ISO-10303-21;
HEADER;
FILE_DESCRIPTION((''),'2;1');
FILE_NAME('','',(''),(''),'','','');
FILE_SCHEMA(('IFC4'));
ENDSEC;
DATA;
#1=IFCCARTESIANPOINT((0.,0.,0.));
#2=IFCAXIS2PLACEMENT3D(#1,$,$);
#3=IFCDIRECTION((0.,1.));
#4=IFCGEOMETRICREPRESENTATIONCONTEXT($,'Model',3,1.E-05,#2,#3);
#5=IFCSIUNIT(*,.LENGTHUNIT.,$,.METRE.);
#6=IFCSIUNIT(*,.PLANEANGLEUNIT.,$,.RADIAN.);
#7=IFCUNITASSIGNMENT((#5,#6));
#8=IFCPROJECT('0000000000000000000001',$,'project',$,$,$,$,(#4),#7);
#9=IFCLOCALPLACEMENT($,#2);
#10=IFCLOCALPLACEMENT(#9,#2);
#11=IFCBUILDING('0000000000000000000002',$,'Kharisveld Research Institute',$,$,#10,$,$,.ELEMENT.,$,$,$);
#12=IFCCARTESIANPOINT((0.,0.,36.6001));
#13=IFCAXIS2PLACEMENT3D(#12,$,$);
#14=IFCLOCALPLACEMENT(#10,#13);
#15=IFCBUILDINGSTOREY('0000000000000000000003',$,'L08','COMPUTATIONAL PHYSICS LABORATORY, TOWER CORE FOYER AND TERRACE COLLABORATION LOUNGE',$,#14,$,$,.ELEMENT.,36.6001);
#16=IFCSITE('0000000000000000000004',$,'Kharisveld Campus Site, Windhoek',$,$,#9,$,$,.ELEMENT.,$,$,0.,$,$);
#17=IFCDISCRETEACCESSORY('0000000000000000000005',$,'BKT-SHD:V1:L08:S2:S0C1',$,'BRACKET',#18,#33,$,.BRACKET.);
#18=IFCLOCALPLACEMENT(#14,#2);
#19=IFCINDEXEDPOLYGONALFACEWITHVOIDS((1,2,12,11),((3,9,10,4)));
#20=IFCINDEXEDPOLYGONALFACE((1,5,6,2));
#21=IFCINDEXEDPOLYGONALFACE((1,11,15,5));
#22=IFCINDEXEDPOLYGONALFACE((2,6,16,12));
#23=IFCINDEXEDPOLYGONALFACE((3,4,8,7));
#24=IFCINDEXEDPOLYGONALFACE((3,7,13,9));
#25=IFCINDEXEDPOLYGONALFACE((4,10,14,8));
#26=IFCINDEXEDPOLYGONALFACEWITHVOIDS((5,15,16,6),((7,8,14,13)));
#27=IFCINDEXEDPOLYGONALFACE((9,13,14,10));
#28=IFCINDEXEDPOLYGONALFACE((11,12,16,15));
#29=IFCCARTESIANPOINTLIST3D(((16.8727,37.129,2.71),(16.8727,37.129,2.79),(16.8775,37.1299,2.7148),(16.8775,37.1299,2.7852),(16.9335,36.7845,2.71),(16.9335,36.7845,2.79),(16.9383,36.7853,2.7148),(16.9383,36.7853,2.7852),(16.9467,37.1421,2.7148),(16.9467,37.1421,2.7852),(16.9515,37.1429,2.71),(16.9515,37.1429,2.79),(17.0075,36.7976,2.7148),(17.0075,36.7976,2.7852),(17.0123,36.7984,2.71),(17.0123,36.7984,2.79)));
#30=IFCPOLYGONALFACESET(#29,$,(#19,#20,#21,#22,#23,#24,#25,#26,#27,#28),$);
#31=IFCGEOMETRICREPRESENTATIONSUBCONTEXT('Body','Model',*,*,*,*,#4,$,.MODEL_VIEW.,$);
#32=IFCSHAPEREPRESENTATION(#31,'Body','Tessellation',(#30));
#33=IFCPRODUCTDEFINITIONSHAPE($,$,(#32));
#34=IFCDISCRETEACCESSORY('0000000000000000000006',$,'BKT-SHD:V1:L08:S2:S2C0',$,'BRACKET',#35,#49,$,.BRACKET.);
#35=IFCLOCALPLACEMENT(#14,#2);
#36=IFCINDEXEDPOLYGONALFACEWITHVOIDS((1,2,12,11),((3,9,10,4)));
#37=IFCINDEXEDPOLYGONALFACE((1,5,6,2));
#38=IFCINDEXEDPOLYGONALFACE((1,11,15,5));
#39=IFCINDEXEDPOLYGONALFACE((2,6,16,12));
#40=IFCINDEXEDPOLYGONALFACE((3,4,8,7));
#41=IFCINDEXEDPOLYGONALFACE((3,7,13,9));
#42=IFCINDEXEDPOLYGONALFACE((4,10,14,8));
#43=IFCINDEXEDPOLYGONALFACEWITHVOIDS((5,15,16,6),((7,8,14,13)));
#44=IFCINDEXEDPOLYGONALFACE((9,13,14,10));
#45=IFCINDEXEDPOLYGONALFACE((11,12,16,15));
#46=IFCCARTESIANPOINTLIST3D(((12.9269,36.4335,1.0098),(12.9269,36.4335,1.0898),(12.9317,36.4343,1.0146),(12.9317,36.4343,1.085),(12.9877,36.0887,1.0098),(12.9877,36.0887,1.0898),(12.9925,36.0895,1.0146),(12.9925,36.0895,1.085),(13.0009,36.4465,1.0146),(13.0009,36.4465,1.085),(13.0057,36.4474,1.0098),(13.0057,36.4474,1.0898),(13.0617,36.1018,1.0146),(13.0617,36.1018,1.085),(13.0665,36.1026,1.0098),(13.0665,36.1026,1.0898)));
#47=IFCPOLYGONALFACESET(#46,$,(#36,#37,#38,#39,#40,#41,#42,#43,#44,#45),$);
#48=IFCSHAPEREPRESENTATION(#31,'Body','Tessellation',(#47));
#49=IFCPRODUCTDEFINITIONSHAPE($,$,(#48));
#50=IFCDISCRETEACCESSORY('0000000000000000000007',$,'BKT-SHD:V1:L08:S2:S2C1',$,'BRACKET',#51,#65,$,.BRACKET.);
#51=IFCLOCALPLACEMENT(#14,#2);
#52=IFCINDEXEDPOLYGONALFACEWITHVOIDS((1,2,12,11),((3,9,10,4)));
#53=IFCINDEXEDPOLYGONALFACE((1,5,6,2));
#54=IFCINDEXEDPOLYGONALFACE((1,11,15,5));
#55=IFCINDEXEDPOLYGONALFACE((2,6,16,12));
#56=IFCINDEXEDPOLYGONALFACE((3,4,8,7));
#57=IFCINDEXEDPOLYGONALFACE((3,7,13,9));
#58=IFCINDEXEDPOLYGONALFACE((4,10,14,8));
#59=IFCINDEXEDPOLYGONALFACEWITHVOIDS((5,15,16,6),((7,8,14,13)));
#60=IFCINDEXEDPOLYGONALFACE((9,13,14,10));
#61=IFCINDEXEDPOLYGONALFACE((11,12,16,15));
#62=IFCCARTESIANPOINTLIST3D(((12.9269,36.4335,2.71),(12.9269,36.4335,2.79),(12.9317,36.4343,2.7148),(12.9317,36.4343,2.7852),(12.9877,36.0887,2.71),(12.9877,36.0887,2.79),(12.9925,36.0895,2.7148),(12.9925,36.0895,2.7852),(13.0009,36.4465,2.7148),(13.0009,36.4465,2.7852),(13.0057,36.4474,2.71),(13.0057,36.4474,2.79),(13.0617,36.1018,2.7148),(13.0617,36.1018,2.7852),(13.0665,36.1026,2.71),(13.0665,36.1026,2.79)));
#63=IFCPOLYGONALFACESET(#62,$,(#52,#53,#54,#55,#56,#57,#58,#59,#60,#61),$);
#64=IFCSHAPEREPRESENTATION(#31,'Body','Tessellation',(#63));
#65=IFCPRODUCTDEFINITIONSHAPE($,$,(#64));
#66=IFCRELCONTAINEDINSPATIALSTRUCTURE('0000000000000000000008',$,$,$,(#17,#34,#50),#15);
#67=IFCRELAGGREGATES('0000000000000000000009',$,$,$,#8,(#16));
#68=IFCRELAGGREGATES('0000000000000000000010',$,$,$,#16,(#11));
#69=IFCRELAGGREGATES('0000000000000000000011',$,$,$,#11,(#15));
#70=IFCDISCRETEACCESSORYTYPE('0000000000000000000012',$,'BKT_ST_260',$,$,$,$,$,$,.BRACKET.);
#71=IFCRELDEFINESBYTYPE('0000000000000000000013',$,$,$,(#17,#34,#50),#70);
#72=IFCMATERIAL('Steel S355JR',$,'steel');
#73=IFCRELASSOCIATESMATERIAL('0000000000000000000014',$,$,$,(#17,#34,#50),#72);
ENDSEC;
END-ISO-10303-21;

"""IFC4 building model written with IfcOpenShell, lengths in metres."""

from ifc_helpers import new_model, si_unit, direction, frame, origin, origin_2d, place, context, subcontext, project, spatial, hollow_rectangle, extrude, material, type_object, element, save


model = new_model("IFC4")

# Units and contexts
model_context = context("Model", 3, precision=1e-05, world=origin(), true_north=direction((0.0, 1.0)))
body_context = subcontext(model_context, "Body", "Model", "MODEL_VIEW")
ifc_project = project(units=[si_unit("LENGTHUNIT", "METRE"), si_unit("PLANEANGLEUNIT", "RADIAN")], contexts=[model_context])

# Site, building, storey
site_placement = place(None, origin())
site = spatial("IfcSite", under=ifc_project, at=site_placement, Name="Kharisveld Campus Site, Windhoek", CompositionType="ELEMENT", RefElevation=0.0)
building_placement = place(site_placement, origin())
building = spatial("IfcBuilding", under=site, at=building_placement, Name="Kharisveld Research Institute", CompositionType="ELEMENT")
storey_placement = place(building_placement, frame((0.0, 0.0, 36.6001)))
storey = spatial("IfcBuildingStorey", under=building, at=storey_placement, Name="L08", Description="COMPUTATIONAL PHYSICS LABORATORY, TOWER CORE FOYER AND TERRACE COLLABORATION LOUNGE", CompositionType="ELEMENT", Elevation=36.6001)

# Discrete accessories
ifc_material_1 = material(Name="Steel S355JR", Category="steel")
discrete_accessory_type = type_object("IfcDiscreteAccessoryType", Name="BKT_ST_260", PredefinedType="BRACKET")
for number, where, z_axis, x_axis, name in (
    (1, (16.9121, 37.136, 2.75), (0.173785, -0.984784, 0.0), (0.984784, 0.173785, 0.0), "BKT-SHD:V1:L08:S2:S0C1"),
):
    element("IfcDiscreteAccessory", number, at=place(storey_placement, frame(where, z_axis=z_axis, x_axis=x_axis)), inside=storey, type_object=discrete_accessory_type, material=ifc_material_1, Name=name, ObjectType="BRACKET", PredefinedType="BRACKET", context=body_context, shape_type="SweptSolid", body=[
        extrude(hollow_rectangle(XDim=0.0801, YDim=0.0801, WallThickness=0.0049, at=origin_2d()), origin(), (0.0, 0.0, 1.0), 0.3499),
    ])
for number, where, z_axis, x_axis, name in (
    (2, (12.9663, 36.4404, 1.0498), (0.173666, -0.984805, 0.0), (0.984805, 0.173666, 0.0), "BKT-SHD:V1:L08:S2:S2C0"),
    (3, (12.9663, 36.4404, 2.75), (0.173666, -0.984805, 0.0), (0.984805, 0.173666, 0.0), "BKT-SHD:V1:L08:S2:S2C1"),
):
    element("IfcDiscreteAccessory", number, at=place(storey_placement, frame(where, z_axis=z_axis, x_axis=x_axis)), inside=storey, type_object=discrete_accessory_type, material=ifc_material_1, Name=name, ObjectType="BRACKET", PredefinedType="BRACKET", context=body_context, shape_type="SweptSolid", body=[
        extrude(hollow_rectangle(XDim=0.0801, YDim=0.0801, WallThickness=0.0049, at=origin_2d()), origin(), (0.0, 0.0, 1.0), 0.3501),
    ])

save(model, "model.ifc")
